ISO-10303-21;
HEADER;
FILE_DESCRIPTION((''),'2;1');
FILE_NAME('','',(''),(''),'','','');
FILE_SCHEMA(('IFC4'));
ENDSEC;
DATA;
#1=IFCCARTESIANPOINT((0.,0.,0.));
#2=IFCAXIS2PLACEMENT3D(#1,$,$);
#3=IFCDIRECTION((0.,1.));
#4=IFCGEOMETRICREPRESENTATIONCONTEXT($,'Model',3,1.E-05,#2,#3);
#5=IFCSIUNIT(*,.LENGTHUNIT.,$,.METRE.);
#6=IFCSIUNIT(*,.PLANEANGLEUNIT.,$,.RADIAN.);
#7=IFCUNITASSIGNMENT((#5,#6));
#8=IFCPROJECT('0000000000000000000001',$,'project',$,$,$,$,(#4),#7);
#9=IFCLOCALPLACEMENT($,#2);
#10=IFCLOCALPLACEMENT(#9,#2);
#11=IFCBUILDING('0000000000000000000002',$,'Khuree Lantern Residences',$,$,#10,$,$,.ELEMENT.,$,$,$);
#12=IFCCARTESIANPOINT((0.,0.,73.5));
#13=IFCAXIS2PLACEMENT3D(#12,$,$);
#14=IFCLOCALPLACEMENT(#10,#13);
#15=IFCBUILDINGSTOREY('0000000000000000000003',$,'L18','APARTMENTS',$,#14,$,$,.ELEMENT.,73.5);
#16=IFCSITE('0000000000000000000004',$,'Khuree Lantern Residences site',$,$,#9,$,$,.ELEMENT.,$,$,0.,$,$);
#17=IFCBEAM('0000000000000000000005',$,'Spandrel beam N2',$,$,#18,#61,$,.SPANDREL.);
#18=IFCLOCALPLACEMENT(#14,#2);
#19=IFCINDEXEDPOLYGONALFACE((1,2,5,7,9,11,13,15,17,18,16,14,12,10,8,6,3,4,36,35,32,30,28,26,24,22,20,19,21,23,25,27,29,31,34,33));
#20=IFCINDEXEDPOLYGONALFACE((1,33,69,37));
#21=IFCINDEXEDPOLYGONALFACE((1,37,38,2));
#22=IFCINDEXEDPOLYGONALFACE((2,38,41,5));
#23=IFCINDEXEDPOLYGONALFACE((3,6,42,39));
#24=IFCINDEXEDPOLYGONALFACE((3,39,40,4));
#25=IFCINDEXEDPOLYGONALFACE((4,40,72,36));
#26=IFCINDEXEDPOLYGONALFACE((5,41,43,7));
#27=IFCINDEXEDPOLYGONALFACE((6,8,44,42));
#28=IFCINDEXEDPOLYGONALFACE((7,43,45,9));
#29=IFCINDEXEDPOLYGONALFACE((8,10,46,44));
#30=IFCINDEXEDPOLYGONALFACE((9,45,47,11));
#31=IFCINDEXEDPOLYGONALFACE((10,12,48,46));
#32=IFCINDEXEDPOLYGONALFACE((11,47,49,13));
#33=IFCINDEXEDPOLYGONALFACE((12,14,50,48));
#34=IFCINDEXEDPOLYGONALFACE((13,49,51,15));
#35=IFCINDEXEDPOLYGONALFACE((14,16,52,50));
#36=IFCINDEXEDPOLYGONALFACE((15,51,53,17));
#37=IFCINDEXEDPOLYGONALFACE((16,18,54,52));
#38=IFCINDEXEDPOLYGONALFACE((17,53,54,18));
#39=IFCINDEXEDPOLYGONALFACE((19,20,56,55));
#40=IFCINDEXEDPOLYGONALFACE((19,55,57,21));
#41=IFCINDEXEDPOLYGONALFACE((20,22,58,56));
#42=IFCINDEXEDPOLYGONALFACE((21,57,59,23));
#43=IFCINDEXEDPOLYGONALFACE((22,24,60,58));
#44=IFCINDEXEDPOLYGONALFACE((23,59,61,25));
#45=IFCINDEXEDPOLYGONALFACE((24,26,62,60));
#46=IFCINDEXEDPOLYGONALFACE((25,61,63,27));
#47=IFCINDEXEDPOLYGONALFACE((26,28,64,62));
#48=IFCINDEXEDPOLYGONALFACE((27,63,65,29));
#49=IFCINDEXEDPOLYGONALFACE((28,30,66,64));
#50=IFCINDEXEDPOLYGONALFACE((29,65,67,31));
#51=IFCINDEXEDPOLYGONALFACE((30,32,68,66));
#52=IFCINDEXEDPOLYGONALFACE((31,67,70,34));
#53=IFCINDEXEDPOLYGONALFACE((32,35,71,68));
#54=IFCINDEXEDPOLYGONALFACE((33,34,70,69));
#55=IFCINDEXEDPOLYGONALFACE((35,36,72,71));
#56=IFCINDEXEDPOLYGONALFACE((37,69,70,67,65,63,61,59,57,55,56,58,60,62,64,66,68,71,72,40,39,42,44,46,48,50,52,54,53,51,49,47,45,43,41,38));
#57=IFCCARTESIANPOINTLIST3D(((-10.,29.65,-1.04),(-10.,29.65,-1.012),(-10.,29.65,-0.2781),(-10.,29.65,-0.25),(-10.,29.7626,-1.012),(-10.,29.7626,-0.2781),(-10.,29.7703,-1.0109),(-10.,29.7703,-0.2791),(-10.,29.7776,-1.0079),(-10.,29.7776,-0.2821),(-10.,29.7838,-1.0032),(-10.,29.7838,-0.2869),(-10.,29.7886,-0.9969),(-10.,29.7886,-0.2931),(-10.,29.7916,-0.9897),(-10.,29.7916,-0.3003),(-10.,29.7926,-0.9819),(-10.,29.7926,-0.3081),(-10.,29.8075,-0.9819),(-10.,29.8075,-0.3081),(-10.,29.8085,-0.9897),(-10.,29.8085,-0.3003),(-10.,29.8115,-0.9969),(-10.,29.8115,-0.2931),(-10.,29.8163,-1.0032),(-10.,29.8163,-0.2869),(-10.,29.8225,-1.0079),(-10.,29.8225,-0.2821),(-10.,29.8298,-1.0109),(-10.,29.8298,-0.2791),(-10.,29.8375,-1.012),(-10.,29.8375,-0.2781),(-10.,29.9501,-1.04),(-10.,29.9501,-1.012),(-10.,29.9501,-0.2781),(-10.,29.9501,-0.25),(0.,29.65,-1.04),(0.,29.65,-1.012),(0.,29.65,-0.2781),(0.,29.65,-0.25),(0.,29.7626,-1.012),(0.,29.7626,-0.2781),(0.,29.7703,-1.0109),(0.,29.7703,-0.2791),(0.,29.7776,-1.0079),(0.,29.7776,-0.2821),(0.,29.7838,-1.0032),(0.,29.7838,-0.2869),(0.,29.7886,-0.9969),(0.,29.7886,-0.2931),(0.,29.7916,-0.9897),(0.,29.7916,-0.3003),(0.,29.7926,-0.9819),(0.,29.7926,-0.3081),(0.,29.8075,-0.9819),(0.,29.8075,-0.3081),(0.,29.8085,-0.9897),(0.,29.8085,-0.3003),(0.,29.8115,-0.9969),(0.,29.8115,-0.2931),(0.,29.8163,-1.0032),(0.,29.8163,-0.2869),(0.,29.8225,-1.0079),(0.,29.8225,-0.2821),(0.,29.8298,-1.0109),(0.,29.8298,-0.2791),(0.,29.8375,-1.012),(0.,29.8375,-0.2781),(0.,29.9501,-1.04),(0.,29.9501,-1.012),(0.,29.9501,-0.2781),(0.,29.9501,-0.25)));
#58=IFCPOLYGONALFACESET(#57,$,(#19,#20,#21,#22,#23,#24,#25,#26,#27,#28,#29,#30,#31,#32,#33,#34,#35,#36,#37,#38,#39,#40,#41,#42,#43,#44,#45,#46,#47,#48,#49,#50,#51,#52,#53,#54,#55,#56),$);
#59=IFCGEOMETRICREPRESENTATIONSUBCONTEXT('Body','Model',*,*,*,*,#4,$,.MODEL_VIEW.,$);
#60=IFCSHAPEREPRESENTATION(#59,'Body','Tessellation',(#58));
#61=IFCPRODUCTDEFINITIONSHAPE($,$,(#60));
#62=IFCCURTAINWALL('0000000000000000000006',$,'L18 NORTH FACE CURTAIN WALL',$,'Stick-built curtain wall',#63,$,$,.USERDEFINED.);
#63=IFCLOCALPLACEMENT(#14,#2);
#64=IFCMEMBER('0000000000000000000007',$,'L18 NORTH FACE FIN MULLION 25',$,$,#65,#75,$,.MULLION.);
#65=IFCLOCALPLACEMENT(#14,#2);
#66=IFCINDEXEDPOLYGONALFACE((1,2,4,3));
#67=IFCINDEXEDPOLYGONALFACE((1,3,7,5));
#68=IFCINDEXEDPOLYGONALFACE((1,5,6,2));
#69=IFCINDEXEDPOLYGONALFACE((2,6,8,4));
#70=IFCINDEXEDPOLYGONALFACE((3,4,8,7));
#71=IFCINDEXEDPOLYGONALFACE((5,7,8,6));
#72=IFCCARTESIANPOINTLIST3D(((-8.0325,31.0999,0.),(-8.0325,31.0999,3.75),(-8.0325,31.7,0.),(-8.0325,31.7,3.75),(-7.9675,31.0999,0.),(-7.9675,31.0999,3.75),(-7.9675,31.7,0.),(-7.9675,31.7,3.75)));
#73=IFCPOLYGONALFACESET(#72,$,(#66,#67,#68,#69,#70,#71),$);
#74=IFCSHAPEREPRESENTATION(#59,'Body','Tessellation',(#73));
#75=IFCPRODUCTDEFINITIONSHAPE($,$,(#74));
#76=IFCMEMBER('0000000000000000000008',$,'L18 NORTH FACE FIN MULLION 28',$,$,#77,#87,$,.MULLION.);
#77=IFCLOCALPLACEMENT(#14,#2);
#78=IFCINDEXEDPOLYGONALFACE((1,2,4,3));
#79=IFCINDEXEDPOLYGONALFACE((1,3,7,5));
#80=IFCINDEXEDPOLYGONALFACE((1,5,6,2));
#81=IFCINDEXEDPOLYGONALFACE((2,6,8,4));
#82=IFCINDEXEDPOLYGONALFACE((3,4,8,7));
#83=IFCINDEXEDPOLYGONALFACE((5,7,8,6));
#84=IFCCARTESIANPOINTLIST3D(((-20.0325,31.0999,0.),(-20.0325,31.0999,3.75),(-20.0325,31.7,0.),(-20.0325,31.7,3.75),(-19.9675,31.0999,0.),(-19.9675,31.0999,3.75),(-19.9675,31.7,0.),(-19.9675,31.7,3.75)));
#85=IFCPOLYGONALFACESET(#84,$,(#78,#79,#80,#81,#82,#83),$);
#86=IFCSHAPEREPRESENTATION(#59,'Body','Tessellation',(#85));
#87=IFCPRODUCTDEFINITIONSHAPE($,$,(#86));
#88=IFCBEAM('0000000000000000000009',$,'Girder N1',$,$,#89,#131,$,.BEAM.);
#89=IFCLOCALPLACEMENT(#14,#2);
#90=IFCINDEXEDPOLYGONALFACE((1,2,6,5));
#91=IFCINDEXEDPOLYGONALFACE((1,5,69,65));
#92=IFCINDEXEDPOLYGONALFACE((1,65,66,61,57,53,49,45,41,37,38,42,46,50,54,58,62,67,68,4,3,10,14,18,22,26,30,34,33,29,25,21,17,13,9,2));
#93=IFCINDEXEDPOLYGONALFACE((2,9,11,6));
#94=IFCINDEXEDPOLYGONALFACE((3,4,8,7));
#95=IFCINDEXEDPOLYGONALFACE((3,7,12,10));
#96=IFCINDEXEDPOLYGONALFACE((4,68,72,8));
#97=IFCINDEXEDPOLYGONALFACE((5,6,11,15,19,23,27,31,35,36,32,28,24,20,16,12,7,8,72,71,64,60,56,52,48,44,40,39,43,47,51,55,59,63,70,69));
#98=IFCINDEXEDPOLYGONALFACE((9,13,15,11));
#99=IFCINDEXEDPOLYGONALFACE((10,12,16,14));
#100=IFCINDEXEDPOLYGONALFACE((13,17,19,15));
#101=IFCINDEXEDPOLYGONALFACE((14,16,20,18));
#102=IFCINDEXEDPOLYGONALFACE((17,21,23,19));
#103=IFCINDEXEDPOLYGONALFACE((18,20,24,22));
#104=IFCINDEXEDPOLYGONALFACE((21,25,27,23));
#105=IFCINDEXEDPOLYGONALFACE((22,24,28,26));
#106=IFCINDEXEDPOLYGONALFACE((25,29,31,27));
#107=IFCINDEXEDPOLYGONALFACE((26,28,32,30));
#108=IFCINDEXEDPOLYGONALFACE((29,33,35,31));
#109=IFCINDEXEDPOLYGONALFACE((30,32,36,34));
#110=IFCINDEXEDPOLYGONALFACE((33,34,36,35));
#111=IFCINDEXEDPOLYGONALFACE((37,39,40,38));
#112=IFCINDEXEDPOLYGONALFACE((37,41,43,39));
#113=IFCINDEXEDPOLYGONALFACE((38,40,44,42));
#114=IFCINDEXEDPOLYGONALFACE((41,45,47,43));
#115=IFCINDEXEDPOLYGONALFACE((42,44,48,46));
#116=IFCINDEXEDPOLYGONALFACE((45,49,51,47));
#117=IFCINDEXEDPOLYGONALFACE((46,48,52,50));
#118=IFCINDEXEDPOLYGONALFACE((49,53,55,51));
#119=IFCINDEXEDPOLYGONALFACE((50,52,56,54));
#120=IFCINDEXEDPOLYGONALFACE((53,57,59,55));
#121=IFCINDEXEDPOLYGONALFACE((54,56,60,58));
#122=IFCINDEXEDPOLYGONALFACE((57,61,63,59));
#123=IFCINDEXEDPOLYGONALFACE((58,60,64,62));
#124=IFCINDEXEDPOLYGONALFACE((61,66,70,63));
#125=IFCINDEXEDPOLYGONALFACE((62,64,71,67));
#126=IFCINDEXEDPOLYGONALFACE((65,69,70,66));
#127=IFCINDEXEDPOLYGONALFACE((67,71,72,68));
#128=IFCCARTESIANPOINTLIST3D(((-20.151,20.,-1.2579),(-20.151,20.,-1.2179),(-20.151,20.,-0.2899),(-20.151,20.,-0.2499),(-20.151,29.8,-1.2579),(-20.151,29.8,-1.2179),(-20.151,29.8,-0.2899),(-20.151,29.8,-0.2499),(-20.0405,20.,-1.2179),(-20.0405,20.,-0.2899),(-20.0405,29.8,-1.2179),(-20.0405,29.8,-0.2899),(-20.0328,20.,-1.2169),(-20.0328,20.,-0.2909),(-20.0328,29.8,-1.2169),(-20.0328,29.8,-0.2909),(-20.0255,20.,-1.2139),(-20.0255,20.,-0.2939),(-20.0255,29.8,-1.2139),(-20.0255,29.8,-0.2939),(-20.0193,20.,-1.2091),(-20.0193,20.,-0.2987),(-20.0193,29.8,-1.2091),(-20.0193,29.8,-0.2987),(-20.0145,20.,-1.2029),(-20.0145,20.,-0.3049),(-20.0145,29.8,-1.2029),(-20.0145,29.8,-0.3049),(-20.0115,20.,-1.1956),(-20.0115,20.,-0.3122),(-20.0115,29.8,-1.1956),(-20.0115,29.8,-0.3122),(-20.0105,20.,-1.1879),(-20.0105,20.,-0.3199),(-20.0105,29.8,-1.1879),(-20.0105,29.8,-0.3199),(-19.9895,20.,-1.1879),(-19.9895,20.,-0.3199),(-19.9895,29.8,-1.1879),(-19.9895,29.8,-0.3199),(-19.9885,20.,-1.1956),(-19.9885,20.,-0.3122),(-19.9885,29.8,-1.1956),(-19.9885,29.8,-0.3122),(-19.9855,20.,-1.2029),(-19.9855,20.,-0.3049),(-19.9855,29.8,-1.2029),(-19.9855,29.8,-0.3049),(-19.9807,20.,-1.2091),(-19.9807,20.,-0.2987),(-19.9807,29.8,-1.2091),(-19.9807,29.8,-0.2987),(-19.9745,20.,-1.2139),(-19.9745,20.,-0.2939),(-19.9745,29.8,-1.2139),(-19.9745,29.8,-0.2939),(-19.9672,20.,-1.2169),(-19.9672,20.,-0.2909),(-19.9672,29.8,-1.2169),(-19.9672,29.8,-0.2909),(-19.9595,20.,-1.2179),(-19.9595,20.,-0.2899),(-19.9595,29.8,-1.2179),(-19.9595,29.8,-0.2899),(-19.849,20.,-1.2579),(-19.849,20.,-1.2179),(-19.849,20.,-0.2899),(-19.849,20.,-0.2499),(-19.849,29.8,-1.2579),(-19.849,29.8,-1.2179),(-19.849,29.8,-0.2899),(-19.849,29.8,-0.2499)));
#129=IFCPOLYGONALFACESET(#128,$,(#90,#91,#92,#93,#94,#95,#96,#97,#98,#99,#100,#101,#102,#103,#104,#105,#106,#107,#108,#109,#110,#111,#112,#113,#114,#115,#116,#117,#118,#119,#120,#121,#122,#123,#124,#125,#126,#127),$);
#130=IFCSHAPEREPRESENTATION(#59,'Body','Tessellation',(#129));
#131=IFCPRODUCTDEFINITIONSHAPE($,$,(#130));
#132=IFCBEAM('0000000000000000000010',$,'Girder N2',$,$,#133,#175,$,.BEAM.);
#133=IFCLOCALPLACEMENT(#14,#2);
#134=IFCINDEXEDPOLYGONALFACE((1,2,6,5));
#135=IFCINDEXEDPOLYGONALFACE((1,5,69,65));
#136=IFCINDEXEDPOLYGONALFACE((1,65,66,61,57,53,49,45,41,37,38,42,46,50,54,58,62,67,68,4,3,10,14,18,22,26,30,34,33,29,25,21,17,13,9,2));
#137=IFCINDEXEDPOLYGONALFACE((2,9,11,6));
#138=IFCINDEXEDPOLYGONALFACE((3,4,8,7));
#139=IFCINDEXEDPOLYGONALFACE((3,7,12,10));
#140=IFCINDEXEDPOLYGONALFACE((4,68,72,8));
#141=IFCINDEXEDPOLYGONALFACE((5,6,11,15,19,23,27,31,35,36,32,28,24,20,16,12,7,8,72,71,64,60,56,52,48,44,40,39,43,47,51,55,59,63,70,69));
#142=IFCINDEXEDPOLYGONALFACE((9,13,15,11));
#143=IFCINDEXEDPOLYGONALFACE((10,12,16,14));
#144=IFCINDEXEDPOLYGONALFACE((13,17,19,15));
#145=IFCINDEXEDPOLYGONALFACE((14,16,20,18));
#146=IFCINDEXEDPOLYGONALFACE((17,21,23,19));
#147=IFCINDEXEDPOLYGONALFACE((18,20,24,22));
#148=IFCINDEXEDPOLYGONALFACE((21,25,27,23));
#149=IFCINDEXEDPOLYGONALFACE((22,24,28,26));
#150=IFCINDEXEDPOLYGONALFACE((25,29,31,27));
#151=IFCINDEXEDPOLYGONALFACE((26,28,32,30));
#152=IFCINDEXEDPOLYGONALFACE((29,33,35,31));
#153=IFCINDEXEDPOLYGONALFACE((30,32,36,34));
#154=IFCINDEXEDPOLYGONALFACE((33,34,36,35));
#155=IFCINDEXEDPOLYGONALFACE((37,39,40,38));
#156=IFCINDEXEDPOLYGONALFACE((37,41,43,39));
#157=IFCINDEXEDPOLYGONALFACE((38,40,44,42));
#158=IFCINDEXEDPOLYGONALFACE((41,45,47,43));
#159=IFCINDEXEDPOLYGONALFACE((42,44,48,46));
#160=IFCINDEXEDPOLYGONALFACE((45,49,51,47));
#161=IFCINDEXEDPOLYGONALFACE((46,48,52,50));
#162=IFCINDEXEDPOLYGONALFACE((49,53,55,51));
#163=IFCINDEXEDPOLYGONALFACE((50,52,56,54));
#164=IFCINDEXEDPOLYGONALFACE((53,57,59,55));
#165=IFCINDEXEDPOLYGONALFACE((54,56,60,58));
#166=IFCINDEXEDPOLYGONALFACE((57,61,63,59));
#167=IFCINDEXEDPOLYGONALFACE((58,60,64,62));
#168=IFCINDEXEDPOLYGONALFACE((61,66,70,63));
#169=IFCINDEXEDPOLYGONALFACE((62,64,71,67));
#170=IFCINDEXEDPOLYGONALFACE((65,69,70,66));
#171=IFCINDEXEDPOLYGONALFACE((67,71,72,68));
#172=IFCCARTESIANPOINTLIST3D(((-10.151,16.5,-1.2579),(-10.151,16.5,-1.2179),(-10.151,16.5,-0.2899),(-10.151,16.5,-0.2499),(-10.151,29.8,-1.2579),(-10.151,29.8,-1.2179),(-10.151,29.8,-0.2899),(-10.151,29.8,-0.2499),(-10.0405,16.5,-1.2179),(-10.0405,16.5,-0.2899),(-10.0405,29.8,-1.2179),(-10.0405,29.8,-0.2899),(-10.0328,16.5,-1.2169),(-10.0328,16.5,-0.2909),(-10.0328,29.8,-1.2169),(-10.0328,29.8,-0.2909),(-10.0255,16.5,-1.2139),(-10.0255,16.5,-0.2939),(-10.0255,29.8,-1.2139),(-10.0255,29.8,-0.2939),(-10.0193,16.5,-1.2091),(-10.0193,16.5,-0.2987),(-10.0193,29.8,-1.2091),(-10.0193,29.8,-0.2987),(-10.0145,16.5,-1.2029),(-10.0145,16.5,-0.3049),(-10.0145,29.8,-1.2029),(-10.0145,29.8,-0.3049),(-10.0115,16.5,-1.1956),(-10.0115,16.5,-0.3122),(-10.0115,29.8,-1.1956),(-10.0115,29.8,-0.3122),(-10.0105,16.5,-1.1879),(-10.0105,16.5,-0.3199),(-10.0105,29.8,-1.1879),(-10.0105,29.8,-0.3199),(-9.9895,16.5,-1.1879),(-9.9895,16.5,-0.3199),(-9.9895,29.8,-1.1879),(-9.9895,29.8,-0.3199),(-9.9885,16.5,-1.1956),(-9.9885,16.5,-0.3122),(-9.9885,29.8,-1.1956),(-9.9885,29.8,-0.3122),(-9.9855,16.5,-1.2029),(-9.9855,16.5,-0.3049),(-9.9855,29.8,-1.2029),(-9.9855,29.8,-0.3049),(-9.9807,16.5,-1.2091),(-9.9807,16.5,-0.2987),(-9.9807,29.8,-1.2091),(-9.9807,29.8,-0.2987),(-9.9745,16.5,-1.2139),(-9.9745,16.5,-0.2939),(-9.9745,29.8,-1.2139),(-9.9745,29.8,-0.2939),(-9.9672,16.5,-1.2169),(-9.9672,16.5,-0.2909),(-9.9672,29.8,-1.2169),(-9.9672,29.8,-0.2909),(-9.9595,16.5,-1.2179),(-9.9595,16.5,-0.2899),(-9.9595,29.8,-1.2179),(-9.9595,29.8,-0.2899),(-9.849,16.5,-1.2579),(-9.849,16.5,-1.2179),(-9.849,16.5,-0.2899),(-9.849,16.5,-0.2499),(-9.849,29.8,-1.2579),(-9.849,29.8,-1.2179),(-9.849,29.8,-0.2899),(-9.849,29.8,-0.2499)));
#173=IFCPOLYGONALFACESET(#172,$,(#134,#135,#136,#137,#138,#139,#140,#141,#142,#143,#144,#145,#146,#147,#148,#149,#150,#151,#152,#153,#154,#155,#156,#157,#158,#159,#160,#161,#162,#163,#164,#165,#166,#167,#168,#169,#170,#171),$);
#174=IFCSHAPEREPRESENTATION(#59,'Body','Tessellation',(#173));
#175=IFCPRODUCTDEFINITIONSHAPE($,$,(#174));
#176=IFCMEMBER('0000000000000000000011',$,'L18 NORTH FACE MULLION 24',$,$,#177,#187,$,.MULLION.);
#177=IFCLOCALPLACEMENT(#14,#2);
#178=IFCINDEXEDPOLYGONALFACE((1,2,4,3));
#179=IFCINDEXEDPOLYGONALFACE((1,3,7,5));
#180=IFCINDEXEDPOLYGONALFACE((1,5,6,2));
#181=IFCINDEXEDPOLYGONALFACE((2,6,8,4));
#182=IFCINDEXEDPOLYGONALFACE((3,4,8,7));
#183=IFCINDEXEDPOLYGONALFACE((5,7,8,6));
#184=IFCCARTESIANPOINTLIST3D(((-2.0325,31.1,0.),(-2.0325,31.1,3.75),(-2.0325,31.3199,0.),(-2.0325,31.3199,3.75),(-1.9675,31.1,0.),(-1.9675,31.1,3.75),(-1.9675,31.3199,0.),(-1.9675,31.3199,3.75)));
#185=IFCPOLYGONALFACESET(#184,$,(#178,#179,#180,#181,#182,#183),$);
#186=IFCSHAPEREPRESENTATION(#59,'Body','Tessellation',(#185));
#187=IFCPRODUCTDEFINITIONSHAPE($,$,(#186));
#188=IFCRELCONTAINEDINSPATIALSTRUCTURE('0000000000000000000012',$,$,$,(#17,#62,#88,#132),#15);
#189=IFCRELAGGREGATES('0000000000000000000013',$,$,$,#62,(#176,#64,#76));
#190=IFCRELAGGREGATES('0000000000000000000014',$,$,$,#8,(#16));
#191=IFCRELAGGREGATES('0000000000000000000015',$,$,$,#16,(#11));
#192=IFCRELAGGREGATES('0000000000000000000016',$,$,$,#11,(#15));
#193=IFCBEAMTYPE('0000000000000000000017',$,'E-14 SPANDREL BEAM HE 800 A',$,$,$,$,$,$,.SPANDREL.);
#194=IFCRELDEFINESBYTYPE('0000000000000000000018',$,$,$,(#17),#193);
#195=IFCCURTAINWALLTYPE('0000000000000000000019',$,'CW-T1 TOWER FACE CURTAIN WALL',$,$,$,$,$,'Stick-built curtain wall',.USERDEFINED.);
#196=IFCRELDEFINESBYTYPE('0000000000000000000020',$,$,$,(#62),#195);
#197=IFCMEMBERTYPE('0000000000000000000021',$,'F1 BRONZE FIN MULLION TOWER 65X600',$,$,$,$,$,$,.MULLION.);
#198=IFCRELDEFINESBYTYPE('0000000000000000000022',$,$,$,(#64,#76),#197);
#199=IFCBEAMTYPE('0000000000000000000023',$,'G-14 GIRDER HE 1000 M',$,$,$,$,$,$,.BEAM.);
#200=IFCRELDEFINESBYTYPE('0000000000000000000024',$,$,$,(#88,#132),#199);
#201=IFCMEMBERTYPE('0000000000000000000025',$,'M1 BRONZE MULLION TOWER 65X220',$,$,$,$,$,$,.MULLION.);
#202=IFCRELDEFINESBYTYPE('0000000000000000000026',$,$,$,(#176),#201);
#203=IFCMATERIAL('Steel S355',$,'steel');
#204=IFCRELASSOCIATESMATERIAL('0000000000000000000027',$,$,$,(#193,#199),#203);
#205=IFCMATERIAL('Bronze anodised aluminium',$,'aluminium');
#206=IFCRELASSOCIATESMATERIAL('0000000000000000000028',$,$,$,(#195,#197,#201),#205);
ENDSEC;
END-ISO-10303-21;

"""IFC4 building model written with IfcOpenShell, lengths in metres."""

from ifc_helpers import new_model, si_unit, direction, frame, origin, origin_2d, place, context, subcontext, project, spatial, rectangle, i_section, extrude, material, material_profile, profile_set, type_object, element, aggregate, save


model = new_model("IFC4")

# Units and contexts
model_context = context("Model", 3, precision=1e-05, world=origin(), true_north=direction((0.0, 1.0)))
body_context = subcontext(model_context, "Body", "Model", "MODEL_VIEW")
ifc_project = project(units=[si_unit("LENGTHUNIT", "METRE"), si_unit("PLANEANGLEUNIT", "RADIAN")], contexts=[model_context])

# Site, building, storey
site_placement = place(None, origin())
site = spatial("IfcSite", under=ifc_project, at=site_placement, Name="Khuree Lantern Residences site", CompositionType="ELEMENT", RefElevation=0.0)
building_placement = place(site_placement, origin())
building = spatial("IfcBuilding", under=site, at=building_placement, Name="Khuree Lantern Residences", CompositionType="ELEMENT")
storey_placement = place(building_placement, frame((0.0, 0.0, 73.5)))
storey = spatial("IfcBuildingStorey", under=building, at=storey_placement, Name="L18", Description="APARTMENTS", CompositionType="ELEMENT", Elevation=73.5)

# Beam
ifc_material_1 = material(Name="Steel S355", Category="steel")
ifc_material_profile_1 = material_profile(ifc_material_1, i_section(OverallWidth=0.3, OverallDepth=0.79, WebThickness=0.0149, FlangeThickness=0.0281, FilletRadius=0.03, at=origin_2d()), Name="HE 800 A")
ifc_profile_set_1 = profile_set([ifc_material_profile_1], Name="Steel S355")
beam_type_1 = type_object("IfcBeamType", Name="E-14 SPANDREL BEAM HE 800 A", PredefinedType="SPANDREL", material=ifc_profile_set_1)
for number, where, z_axis, x_axis, name in (
    (1, (-10.0, 29.8, -0.645), (1.0, 0.0, 0.0), (0.0, 1.0, 0.0), "Spandrel beam N2"),
):
    element("IfcBeam", number, at=place(storey_placement, frame(where, z_axis=z_axis, x_axis=x_axis)), inside=storey, type_object=beam_type_1, Name=name, PredefinedType="SPANDREL", context=body_context, shape_type="SweptSolid", body=[
        extrude(i_section(OverallWidth=0.3, OverallDepth=0.79, WebThickness=0.0149, FlangeThickness=0.0281, FilletRadius=0.03, at=origin_2d()), origin(), (0.0, 0.0, 1.0), 10.0),
    ])

# Curtain wall, members
ifc_material_2 = material(Name="Bronze anodised aluminium", Category="aluminium")
curtain_wall_type = type_object("IfcCurtainWallType", Name="CW-T1 TOWER FACE CURTAIN WALL", ElementType="Stick-built curtain wall", PredefinedType="USERDEFINED", material=ifc_material_2)
curtain_wall_placement = place(storey_placement, origin())
curtain_wall = element("IfcCurtainWall", 2, at=curtain_wall_placement, inside=storey, type_object=curtain_wall_type, Name="L18 NORTH FACE CURTAIN WALL", ObjectType="Stick-built curtain wall", PredefinedType="USERDEFINED")
ifc_material_profile_2 = material_profile(ifc_material_2, rectangle(XDim=0.0649, YDim=0.6001, at=origin_2d()), Name="F1 65X600")
ifc_profile_set_2 = profile_set([ifc_material_profile_2], Name="Bronze anodised aluminium")
member_type_1 = type_object("IfcMemberType", Name="F1 BRONZE FIN MULLION TOWER 65X600", PredefinedType="MULLION", material=ifc_profile_set_2)
member_1_placement = place(storey_placement, frame((-8.0, 31.3999, 0.0), z_axis=(0.0, 0.0, 1.0), x_axis=(-1.0, 0.0, 0.0)))
member_1 = element("IfcMember", 3, at=member_1_placement, type_object=member_type_1, Name="L18 NORTH FACE FIN MULLION 25", PredefinedType="MULLION", context=body_context, shape_type="SweptSolid", body=[
    extrude(rectangle(XDim=0.0649, YDim=0.6001, at=origin_2d()), origin(), (0.0, 0.0, 1.0), 3.75),
])
member_2_placement = place(storey_placement, frame((-20.0, 31.3999, 0.0), z_axis=(0.0, 0.0, 1.0), x_axis=(-1.0, 0.0, 0.0)))
member_2 = element("IfcMember", 4, at=member_2_placement, type_object=member_type_1, Name="L18 NORTH FACE FIN MULLION 28", PredefinedType="MULLION", context=body_context, shape_type="SweptSolid", body=[
    extrude(rectangle(XDim=0.0649, YDim=0.6001, at=origin_2d()), origin(), (0.0, 0.0, 1.0), 3.75),
])

# Beams
ifc_material_profile_3 = material_profile(ifc_material_1, i_section(OverallWidth=0.302, OverallDepth=1.0081, WebThickness=0.021, FlangeThickness=0.04, FilletRadius=0.03, at=origin_2d()), Name="HE 1000 M")
ifc_profile_set_3 = profile_set([ifc_material_profile_3], Name="Steel S355")
beam_type_2 = type_object("IfcBeamType", Name="G-14 GIRDER HE 1000 M", PredefinedType="BEAM", material=ifc_profile_set_3)
beam_1_placement = place(storey_placement, frame((-20.0, 29.8, -0.7539), z_axis=(0.0, -1.0, 0.0), x_axis=(1.0, 0.0, 0.0)))
element("IfcBeam", 5, at=beam_1_placement, inside=storey, type_object=beam_type_2, Name="Girder N1", PredefinedType="BEAM", context=body_context, shape_type="SweptSolid", body=[
    extrude(i_section(OverallWidth=0.302, OverallDepth=1.0081, WebThickness=0.021, FlangeThickness=0.04, FilletRadius=0.03, at=origin_2d()), origin(), (0.0, 0.0, 1.0), 9.8),
])
beam_2_placement = place(storey_placement, frame((-10.0, 29.8, -0.7539), z_axis=(0.0, -1.0, 0.0), x_axis=(1.0, 0.0, 0.0)))
element("IfcBeam", 6, at=beam_2_placement, inside=storey, type_object=beam_type_2, Name="Girder N2", PredefinedType="BEAM", context=body_context, shape_type="SweptSolid", body=[
    extrude(i_section(OverallWidth=0.302, OverallDepth=1.0081, WebThickness=0.021, FlangeThickness=0.04, FilletRadius=0.03, at=origin_2d()), origin(), (0.0, 0.0, 1.0), 13.3),
])

# Member
ifc_material_profile_4 = material_profile(ifc_material_2, rectangle(XDim=0.0649, YDim=0.22, at=origin_2d()), Name="M1 65X220")
ifc_profile_set_4 = profile_set([ifc_material_profile_4], Name="Bronze anodised aluminium")
member_type_2 = type_object("IfcMemberType", Name="M1 BRONZE MULLION TOWER 65X220", PredefinedType="MULLION", material=ifc_profile_set_4)
member_3_placement = place(storey_placement, frame((-2.0, 31.21, 0.0), z_axis=(0.0, 0.0, 1.0), x_axis=(-1.0, 0.0, 0.0)))
member_3 = element("IfcMember", 7, at=member_3_placement, type_object=member_type_2, Name="L18 NORTH FACE MULLION 24", PredefinedType="MULLION", context=body_context, shape_type="SweptSolid", body=[
    extrude(rectangle(XDim=0.0649, YDim=0.22, at=origin_2d()), origin(), (0.0, 0.0, 1.0), 3.75),
])

aggregate(curtain_wall, [member_3, member_1, member_2])

save(model, "model.ifc")
